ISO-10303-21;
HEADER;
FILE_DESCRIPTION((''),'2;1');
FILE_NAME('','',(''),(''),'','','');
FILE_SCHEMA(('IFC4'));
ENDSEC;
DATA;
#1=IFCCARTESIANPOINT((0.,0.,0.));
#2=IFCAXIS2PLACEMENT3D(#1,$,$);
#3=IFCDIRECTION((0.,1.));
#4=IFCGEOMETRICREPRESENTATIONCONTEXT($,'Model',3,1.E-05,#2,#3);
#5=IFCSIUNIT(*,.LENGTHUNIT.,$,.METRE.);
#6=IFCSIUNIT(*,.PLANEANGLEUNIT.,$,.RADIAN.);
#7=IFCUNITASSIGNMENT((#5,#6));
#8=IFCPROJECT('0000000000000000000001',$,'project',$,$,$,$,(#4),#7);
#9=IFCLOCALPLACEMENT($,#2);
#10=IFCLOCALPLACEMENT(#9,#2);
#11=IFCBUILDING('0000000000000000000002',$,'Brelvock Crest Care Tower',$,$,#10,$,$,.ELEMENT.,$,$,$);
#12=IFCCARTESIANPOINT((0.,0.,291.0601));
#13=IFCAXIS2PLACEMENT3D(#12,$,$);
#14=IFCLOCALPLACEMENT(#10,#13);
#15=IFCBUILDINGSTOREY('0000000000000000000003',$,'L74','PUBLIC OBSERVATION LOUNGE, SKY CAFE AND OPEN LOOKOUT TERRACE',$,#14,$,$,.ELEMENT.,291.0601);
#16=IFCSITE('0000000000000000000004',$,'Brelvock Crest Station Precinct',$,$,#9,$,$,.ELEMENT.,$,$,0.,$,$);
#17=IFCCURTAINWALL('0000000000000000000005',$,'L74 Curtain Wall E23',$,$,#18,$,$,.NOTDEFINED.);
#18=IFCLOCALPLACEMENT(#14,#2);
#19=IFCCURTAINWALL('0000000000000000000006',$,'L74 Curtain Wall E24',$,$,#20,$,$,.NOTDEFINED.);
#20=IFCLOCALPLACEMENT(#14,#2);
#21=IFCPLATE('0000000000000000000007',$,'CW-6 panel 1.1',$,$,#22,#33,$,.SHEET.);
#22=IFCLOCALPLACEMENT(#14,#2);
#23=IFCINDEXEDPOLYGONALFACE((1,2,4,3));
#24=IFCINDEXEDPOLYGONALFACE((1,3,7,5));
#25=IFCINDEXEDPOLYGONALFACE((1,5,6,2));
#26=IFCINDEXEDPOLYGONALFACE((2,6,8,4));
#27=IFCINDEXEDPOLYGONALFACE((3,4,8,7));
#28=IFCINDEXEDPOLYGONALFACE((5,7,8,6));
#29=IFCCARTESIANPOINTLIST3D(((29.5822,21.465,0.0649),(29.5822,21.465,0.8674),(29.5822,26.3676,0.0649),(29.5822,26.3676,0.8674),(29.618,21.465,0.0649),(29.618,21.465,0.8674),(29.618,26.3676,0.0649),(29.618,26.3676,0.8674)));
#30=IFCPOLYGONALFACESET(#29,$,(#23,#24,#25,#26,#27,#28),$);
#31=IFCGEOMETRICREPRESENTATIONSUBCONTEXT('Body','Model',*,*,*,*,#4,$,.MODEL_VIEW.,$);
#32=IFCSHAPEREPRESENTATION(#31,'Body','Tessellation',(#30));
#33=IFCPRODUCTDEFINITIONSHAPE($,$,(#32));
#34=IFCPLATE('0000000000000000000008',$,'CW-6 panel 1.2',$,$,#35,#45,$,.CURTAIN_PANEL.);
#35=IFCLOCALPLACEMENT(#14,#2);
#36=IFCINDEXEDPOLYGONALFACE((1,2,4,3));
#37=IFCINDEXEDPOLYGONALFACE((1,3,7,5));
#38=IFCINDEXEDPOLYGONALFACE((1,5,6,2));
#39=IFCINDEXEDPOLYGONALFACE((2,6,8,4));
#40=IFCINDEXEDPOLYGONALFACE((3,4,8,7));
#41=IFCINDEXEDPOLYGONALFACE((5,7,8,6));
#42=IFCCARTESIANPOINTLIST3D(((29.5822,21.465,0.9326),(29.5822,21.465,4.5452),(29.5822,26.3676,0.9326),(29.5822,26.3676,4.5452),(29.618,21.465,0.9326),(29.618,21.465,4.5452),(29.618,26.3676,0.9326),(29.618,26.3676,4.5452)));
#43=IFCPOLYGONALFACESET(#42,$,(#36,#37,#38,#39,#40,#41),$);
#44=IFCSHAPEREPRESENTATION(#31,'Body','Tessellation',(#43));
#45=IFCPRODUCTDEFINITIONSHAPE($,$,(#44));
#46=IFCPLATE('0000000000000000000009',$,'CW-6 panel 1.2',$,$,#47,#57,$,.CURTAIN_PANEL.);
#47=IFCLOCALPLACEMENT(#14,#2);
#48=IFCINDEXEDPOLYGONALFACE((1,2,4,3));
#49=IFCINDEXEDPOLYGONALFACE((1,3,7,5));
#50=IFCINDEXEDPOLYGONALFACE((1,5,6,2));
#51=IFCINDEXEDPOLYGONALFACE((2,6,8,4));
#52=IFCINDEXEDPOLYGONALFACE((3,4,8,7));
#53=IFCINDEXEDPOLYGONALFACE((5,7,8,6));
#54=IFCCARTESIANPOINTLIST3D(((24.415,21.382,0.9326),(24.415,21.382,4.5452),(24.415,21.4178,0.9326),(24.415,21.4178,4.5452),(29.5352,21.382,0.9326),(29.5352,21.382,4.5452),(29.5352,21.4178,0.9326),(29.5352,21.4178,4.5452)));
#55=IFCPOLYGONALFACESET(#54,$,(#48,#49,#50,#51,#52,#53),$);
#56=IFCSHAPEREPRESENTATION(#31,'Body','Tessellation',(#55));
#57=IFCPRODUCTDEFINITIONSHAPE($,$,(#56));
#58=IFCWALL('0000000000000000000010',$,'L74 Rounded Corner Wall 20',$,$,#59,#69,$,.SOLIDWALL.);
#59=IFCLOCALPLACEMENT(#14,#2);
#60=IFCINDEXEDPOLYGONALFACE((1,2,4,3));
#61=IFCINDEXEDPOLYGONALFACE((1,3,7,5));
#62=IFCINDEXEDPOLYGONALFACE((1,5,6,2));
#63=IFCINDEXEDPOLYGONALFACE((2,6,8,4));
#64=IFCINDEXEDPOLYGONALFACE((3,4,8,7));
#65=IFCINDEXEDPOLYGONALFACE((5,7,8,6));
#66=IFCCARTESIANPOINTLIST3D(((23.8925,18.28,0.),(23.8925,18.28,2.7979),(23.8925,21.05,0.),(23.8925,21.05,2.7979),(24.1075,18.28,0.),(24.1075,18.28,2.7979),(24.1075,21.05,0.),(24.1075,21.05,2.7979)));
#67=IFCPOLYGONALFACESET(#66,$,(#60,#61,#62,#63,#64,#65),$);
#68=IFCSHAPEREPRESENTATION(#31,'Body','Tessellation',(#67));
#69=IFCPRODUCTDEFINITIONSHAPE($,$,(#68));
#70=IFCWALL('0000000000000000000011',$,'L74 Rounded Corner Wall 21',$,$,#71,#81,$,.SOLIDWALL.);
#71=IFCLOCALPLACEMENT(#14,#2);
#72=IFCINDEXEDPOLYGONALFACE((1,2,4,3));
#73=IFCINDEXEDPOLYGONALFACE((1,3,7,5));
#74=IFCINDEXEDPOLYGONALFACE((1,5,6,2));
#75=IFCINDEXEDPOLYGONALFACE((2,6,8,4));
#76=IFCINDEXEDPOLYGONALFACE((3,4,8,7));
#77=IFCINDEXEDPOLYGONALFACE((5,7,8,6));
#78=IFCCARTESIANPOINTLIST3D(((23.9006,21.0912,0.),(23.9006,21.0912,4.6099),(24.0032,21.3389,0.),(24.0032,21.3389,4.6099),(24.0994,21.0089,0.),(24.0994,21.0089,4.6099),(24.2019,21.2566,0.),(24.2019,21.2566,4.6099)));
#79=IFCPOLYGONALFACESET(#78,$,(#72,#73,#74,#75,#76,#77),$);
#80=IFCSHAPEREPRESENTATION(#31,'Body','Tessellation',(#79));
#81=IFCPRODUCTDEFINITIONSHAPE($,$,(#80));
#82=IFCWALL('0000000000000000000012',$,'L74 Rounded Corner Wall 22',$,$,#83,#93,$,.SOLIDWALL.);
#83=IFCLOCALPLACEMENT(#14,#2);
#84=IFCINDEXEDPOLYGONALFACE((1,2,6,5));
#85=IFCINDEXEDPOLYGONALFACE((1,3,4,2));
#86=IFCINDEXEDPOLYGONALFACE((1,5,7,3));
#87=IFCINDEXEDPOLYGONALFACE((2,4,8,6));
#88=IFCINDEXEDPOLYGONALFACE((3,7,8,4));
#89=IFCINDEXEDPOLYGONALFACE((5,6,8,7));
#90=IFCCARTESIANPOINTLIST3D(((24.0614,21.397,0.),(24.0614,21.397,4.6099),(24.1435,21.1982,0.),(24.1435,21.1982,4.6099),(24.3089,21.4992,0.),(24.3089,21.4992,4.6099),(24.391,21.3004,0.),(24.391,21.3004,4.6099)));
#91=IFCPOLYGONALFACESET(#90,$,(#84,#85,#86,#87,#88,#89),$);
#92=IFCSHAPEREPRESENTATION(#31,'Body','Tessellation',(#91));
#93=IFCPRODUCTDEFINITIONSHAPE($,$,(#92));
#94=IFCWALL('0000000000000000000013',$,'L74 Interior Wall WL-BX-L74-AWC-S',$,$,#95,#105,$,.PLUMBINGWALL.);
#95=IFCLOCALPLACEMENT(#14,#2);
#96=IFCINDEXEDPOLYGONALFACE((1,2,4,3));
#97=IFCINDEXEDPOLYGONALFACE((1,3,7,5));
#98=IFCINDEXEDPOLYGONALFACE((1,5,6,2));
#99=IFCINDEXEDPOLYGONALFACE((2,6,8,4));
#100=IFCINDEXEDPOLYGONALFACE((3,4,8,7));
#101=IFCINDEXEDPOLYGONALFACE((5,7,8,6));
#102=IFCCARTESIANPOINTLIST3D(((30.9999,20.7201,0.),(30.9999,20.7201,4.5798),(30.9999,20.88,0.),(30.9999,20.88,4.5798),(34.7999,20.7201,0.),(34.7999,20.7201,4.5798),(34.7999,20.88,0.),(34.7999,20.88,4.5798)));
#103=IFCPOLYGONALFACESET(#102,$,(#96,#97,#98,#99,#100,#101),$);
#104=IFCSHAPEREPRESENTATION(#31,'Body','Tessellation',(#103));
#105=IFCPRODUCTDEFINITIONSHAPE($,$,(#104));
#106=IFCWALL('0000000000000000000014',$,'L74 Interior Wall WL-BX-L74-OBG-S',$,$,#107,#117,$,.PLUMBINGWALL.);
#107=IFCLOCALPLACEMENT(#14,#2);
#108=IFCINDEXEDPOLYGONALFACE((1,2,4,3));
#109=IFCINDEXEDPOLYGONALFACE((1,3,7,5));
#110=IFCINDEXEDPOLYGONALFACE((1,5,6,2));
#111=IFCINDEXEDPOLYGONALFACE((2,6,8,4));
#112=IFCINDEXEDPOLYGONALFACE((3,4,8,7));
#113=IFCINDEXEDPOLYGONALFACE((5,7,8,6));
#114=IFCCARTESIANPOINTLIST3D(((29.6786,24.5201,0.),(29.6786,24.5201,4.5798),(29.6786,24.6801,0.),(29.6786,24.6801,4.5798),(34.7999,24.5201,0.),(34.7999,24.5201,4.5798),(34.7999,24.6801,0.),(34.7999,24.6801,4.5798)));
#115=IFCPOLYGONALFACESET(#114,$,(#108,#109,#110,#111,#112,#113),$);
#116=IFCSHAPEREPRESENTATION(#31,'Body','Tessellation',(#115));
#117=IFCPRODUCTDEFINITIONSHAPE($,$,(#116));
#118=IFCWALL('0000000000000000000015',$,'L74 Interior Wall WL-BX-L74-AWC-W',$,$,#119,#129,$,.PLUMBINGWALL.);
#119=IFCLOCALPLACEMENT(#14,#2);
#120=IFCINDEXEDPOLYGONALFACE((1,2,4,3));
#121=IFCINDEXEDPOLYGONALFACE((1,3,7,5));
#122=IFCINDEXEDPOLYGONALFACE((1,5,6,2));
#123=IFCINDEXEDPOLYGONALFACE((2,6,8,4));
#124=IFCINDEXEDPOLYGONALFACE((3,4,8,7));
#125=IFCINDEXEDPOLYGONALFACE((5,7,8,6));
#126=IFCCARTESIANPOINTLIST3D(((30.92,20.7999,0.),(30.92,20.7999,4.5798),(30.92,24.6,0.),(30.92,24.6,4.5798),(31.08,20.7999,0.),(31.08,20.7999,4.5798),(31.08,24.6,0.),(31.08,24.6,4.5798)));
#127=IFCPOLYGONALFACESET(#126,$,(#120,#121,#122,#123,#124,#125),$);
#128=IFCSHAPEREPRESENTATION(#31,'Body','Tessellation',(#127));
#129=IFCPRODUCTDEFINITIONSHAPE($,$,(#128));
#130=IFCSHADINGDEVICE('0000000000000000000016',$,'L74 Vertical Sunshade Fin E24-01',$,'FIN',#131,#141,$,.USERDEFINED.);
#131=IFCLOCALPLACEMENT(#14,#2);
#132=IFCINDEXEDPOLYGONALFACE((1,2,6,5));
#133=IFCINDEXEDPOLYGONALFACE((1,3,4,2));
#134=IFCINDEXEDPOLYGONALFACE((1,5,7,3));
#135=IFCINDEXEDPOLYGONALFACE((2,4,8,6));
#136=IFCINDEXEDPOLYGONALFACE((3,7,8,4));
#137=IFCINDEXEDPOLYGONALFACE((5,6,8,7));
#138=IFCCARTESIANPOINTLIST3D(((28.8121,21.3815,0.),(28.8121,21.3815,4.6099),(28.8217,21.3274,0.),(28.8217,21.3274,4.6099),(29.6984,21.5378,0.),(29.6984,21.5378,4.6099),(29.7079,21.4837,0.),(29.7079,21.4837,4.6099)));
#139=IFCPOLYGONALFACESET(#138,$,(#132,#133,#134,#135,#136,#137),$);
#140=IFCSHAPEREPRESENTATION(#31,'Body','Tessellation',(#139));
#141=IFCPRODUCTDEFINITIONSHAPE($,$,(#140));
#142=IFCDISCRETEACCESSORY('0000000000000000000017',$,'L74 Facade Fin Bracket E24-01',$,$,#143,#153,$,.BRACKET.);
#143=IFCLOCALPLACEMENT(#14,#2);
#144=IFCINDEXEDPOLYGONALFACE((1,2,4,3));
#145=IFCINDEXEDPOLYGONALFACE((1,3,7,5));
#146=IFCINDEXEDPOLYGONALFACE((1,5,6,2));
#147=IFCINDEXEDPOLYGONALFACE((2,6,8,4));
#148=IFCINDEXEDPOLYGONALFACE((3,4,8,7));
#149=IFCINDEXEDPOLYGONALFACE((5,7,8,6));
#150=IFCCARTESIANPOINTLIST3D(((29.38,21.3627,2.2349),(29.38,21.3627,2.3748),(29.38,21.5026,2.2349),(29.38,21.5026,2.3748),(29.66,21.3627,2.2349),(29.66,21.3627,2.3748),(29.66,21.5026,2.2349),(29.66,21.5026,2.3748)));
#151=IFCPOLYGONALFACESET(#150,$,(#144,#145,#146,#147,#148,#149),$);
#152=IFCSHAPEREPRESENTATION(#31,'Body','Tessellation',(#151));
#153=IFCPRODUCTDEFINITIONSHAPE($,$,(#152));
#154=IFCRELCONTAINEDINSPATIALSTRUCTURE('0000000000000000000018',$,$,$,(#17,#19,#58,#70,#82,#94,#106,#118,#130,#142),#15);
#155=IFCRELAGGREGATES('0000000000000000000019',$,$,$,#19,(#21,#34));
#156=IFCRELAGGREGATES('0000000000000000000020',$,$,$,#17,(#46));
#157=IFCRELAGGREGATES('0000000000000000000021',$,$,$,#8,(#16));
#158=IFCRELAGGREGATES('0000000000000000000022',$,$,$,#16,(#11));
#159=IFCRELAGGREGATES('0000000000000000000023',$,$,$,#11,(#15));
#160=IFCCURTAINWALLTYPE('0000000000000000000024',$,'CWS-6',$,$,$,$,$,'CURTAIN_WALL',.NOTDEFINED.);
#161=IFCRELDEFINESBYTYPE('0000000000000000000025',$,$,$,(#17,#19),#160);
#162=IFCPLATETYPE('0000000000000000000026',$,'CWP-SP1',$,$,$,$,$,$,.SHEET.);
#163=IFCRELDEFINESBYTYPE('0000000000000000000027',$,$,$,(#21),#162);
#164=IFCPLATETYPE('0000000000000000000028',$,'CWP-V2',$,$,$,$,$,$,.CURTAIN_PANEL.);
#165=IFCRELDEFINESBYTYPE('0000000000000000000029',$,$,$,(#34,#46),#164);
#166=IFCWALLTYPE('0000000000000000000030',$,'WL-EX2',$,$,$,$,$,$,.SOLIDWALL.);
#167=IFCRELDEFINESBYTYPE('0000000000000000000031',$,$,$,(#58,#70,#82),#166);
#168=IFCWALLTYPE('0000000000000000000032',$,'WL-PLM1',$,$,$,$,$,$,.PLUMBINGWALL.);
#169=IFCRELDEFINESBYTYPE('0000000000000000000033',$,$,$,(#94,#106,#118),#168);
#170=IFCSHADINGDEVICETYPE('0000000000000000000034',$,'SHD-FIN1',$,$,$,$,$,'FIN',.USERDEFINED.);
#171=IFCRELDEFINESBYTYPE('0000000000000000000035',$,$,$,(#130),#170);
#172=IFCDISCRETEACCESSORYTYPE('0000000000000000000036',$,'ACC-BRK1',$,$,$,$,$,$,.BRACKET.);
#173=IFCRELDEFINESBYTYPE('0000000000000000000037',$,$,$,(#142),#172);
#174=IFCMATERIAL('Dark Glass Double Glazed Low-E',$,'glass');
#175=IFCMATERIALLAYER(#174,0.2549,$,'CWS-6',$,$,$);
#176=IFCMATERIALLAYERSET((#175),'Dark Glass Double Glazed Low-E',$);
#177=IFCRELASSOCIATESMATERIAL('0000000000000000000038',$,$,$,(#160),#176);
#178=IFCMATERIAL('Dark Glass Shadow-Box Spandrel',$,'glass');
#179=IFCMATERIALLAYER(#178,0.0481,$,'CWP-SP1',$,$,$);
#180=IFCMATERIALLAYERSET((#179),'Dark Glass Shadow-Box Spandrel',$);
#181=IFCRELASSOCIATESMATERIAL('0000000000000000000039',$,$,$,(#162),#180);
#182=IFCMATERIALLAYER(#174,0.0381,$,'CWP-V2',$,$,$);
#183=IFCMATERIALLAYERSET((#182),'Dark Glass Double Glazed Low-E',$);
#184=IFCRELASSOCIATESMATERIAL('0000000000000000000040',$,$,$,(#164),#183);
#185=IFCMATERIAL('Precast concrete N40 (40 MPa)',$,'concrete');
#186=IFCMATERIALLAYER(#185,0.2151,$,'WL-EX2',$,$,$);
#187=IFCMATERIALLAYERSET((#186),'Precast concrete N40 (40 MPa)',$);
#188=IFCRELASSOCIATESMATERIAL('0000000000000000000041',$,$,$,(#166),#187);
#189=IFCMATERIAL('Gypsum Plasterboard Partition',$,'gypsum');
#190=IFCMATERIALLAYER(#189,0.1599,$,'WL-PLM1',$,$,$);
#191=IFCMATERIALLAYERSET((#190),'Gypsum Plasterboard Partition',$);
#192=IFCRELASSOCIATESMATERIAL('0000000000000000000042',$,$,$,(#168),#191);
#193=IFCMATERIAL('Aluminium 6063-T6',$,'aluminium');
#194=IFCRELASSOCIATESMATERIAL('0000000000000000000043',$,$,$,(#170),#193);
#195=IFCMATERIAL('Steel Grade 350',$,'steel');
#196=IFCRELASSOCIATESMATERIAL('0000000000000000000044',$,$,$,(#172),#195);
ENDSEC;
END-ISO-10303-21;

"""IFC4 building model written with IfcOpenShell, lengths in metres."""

from ifc_helpers import new_model, si_unit, direction, frame, frame_2d, origin, origin_2d, place, context, subcontext, project, spatial, rectangle, extrude, source, transform, mapped, material, layer, layer_set, material_profile, profile_set, type_object, element, aggregate, save


model = new_model("IFC4")

# Units and contexts
model_context = context("Model", 3, precision=1e-05, world=origin(), true_north=direction((0.0, 1.0)))
body_context = subcontext(model_context, "Body", "Model", "MODEL_VIEW")
ifc_project = project(units=[si_unit("LENGTHUNIT", "METRE"), si_unit("PLANEANGLEUNIT", "RADIAN")], contexts=[model_context])

# Site, building, storey
site_placement = place(None, origin())
site = spatial("IfcSite", under=ifc_project, at=site_placement, Name="Brelvock Crest Station Precinct", CompositionType="ELEMENT", RefElevation=0.0)
building_placement = place(site_placement, origin())
building = spatial("IfcBuilding", under=site, at=building_placement, Name="Brelvock Crest Care Tower", CompositionType="ELEMENT")
storey_placement = place(building_placement, frame((0.0, 0.0, 291.0601)))
storey = spatial("IfcBuildingStorey", under=building, at=storey_placement, Name="L74", Description="PUBLIC OBSERVATION LOUNGE, SKY CAFE AND OPEN LOOKOUT TERRACE", CompositionType="ELEMENT", Elevation=291.0601)

# Shared definitions
ifc_material_1 = material(Name="Steel Grade 350", Category="steel")

# Curtain walls
ifc_material_2 = material(Name="Dark Glass Double Glazed Low-E", Category="glass")
ifc_layer_1 = layer(ifc_material_2, 0.2549, Name="CWS-6")
ifc_layer_set_1 = layer_set([ifc_layer_1], Name="Dark Glass Double Glazed Low-E")
curtain_wall_type = type_object("IfcCurtainWallType", Name="CWS-6", ElementType="CURTAIN_WALL", PredefinedType="NOTDEFINED", material=ifc_layer_set_1)
curtain_wall_1_placement = place(storey_placement, origin())
curtain_wall_1 = element("IfcCurtainWall", 1, at=curtain_wall_1_placement, inside=storey, type_object=curtain_wall_type, Name="L74 Curtain Wall E23", PredefinedType="NOTDEFINED")
ifc_material_3 = material(Name="Aluminium 6063-T6", Category="aluminium")
curtain_wall_2_placement = place(storey_placement, origin())
curtain_wall_2 = element("IfcCurtainWall", 2, at=curtain_wall_2_placement, inside=storey, type_object=curtain_wall_type, Name="L74 Curtain Wall E24", PredefinedType="NOTDEFINED")

# Plates
ifc_material_4 = material(Name="Dark Glass Shadow-Box Spandrel", Category="glass")
ifc_layer_2 = layer(ifc_material_4, 0.0481, Name="CWP-SP1")
ifc_layer_set_2 = layer_set([ifc_layer_2], Name="Dark Glass Shadow-Box Spandrel")
plate_type_1 = type_object("IfcPlateType", Name="CWP-SP1", PredefinedType="SHEET", material=ifc_layer_set_2)
shared_shape_1 = source(origin(), body_context, "Body", "SweptSolid", [
    extrude(rectangle(XDim=4.9026, YDim=0.0359, at=origin_2d()), origin(), (0.0, 0.0, 1.0), 0.8025),
])
plate_1_placement = place(storey_placement, frame((29.6001, 23.9163, 0.0649), z_axis=(0.0, 0.0, 1.0), x_axis=(0.0, 1.0, 0.0)))
plate_1 = element("IfcPlate", 3, at=plate_1_placement, type_object=plate_type_1, Name="CW-6 panel 1.1", PredefinedType="SHEET", context=body_context, shape_type="MappedRepresentation", body=[
    mapped(shared_shape_1, transform((0.0, 0.0, 0.0), x_axis=(1.0, 0.0, 0.0), y_axis=(0.0, 1.0, 0.0), z_axis=(0.0, 0.0, 1.0), scale=1.0)),
])
ifc_layer_3 = layer(ifc_material_2, 0.0381, Name="CWP-V2")
ifc_layer_set_3 = layer_set([ifc_layer_3], Name="Dark Glass Double Glazed Low-E")
plate_type_2 = type_object("IfcPlateType", Name="CWP-V2", PredefinedType="CURTAIN_PANEL", material=ifc_layer_set_3)
shared_shape_2 = source(origin(), body_context, "Body", "SweptSolid", [
    extrude(rectangle(XDim=4.9026, YDim=0.0359, at=origin_2d()), origin(), (0.0, 0.0, 1.0), 3.6125),
])
plate_2_placement = place(storey_placement, frame((29.6001, 23.9163, 0.9326), z_axis=(0.0, 0.0, 1.0), x_axis=(0.0, 1.0, 0.0)))
plate_2 = element("IfcPlate", 4, at=plate_2_placement, type_object=plate_type_2, Name="CW-6 panel 1.2", PredefinedType="CURTAIN_PANEL", context=body_context, shape_type="MappedRepresentation", body=[
    mapped(shared_shape_2, transform((0.0, 0.0, 0.0), x_axis=(1.0, 0.0, 0.0), y_axis=(0.0, 1.0, 0.0), z_axis=(0.0, 0.0, 1.0), scale=1.0)),
])
aggregate(curtain_wall_2, [plate_1, plate_2])
shared_shape_3 = source(origin(), body_context, "Body", "SweptSolid", [
    extrude(rectangle(XDim=5.1201, YDim=0.0359, at=origin_2d()), origin(), (0.0, 0.0, 1.0), 3.6125),
])
plate_3_placement = place(storey_placement, frame((26.9751, 21.3999, 0.9326), z_axis=(0.0, 0.0, 1.0), x_axis=(1.0, 0.0, 0.0)))
plate_3 = element("IfcPlate", 5, at=plate_3_placement, type_object=plate_type_2, Name="CW-6 panel 1.2", PredefinedType="CURTAIN_PANEL", context=body_context, shape_type="MappedRepresentation", body=[
    mapped(shared_shape_3, transform((0.0, 0.0, 0.0), x_axis=(1.0, 0.0, 0.0), y_axis=(0.0, 1.0, 0.0), z_axis=(0.0, 0.0, 1.0), scale=1.0)),
])
aggregate(curtain_wall_1, [plate_3])

# Walls
ifc_material_5 = material(Name="Precast concrete N40 (40 MPa)", Category="concrete")
ifc_layer_4 = layer(ifc_material_5, 0.2151, Name="WL-EX2")
ifc_layer_set_4 = layer_set([ifc_layer_4], Name="Precast concrete N40 (40 MPa)")
wall_type_1 = type_object("IfcWallType", Name="WL-EX2", PredefinedType="SOLIDWALL", material=ifc_layer_set_4)
wall_1_placement = place(storey_placement, frame((24.0, 18.28, 0.0), z_axis=(0.0, 0.0, 1.0), x_axis=(0.0, 1.0, 0.0)))
element("IfcWall", 6, at=wall_1_placement, inside=storey, type_object=wall_type_1, Name="L74 Rounded Corner Wall 20", PredefinedType="SOLIDWALL", context=body_context, shape_type="SweptSolid", body=[
    extrude(rectangle(XDim=2.77, YDim=0.2151, at=frame_2d((1.385, 0.0))), origin(), (0.0, 0.0, 1.0), 2.7979),
])
wall_2_placement = place(storey_placement, frame((24.0, 21.05, 0.0), z_axis=(0.0, 0.0, 1.0), x_axis=(0.382674, 0.923884, 0.0)))
element("IfcWall", 7, at=wall_2_placement, inside=storey, type_object=wall_type_1, Name="L74 Rounded Corner Wall 21", PredefinedType="SOLIDWALL", context=body_context, shape_type="SweptSolid", body=[
    extrude(rectangle(XDim=0.2681, YDim=0.2151, at=frame_2d((0.134, 0.0))), origin(), (0.0, 0.0, 1.0), 4.6099),
])
wall_3_placement = place(storey_placement, frame((24.1025, 21.2976, 0.0), z_axis=(0.0, 0.0, 1.0), x_axis=(0.924205, 0.381896, 0.0)))
element("IfcWall", 8, at=wall_3_placement, inside=storey, type_object=wall_type_1, Name="L74 Rounded Corner Wall 22", PredefinedType="SOLIDWALL", context=body_context, shape_type="SweptSolid", body=[
    extrude(rectangle(XDim=0.2678, YDim=0.2151, at=frame_2d((0.1338, 0.0))), origin(), (0.0, 0.0, 1.0), 4.6099),
])
ifc_material_6 = material(Name="Gypsum Plasterboard Partition", Category="gypsum")
ifc_layer_5 = layer(ifc_material_6, 0.1599, Name="WL-PLM1")
ifc_layer_set_5 = layer_set([ifc_layer_5], Name="Gypsum Plasterboard Partition")
wall_type_2 = type_object("IfcWallType", Name="WL-PLM1", PredefinedType="PLUMBINGWALL", material=ifc_layer_set_5)
wall_4_placement = place(storey_placement, frame((31.0, 20.8, 0.0), z_axis=(0.0, 0.0, 1.0), x_axis=(1.0, 0.0, 0.0)))
element("IfcWall", 9, at=wall_4_placement, inside=storey, type_object=wall_type_2, Name="L74 Interior Wall WL-BX-L74-AWC-S", PredefinedType="PLUMBINGWALL", context=body_context, shape_type="SweptSolid", body=[
    extrude(rectangle(XDim=3.8, YDim=0.1599, at=frame_2d((1.8999, 0.0))), origin(), (0.0, 0.0, 1.0), 4.5798),
])
wall_5_placement = place(storey_placement, frame((29.6787, 24.6001, 0.0), z_axis=(0.0, 0.0, 1.0), x_axis=(1.0, 0.0, 0.0)))
element("IfcWall", 10, at=wall_5_placement, inside=storey, type_object=wall_type_2, Name="L74 Interior Wall WL-BX-L74-OBG-S", PredefinedType="PLUMBINGWALL", context=body_context, shape_type="SweptSolid", body=[
    extrude(rectangle(XDim=5.1213, YDim=0.1599, at=frame_2d((2.5605, 0.0))), origin(), (0.0, 0.0, 1.0), 4.5798),
])
wall_6_placement = place(storey_placement, frame((31.0, 20.8, 0.0), z_axis=(0.0, 0.0, 1.0), x_axis=(0.0, 1.0, 0.0)))
element("IfcWall", 11, at=wall_6_placement, inside=storey, type_object=wall_type_2, Name="L74 Interior Wall WL-BX-L74-AWC-W", PredefinedType="PLUMBINGWALL", context=body_context, shape_type="SweptSolid", body=[
    extrude(rectangle(XDim=3.8, YDim=0.1599, at=frame_2d((1.8999, 0.0))), origin(), (0.0, 0.0, 1.0), 4.5798),
])

# Shading device
ifc_material_profile_1 = material_profile(ifc_material_3, rectangle(XDim=0.0549, YDim=0.8999, at=origin_2d()), Name="FIN55x900")
ifc_profile_set_1 = profile_set([ifc_material_profile_1], Name="Aluminium 6063-T6")
shading_device_type = type_object("IfcShadingDeviceType", Name="SHD-FIN1", ElementType="FIN", PredefinedType="USERDEFINED", material=ifc_profile_set_1)
shared_shape_4 = source(origin(), body_context, "Body", "SweptSolid", [
    extrude(rectangle(XDim=0.0549, YDim=0.8999, at=origin_2d()), origin(), (0.0, 0.0, 1.0), 4.6099),
])
shading_device_placement = place(storey_placement, frame((29.26, 21.4326, 0.0), z_axis=(0.0, 0.0, 1.0), x_axis=(-0.173648, 0.984808, 0.0)))
element("IfcShadingDevice", 12, at=shading_device_placement, inside=storey, type_object=shading_device_type, Name="L74 Vertical Sunshade Fin E24-01", ObjectType="FIN", PredefinedType="USERDEFINED", context=body_context, shape_type="MappedRepresentation", body=[
    mapped(shared_shape_4, transform((0.0, 0.0, 0.0), x_axis=(1.0, 0.0, 0.0), y_axis=(0.0, 1.0, 0.0), z_axis=(0.0, 0.0, 1.0), scale=1.0)),
])

# Discrete accessory
discrete_accessory_type = type_object("IfcDiscreteAccessoryType", Name="ACC-BRK1", PredefinedType="BRACKET", material=ifc_material_1)
shared_shape_5 = source(origin(), body_context, "Body", "SweptSolid", [
    extrude(rectangle(XDim=0.28, YDim=0.1399, at=origin_2d()), origin(), (0.0, 0.0, 1.0), 0.1399),
])
discrete_accessory_placement = place(storey_placement, frame((29.52, 21.4326, 2.2349), z_axis=(0.0, 0.0, 1.0), x_axis=(-1.0, 0.0, 0.0)))
element("IfcDiscreteAccessory", 13, at=discrete_accessory_placement, inside=storey, type_object=discrete_accessory_type, Name="L74 Facade Fin Bracket E24-01", PredefinedType="BRACKET", context=body_context, shape_type="MappedRepresentation", body=[
    mapped(shared_shape_5, transform((0.0, 0.0, 0.0), x_axis=(1.0, 0.0, 0.0), y_axis=(0.0, 1.0, 0.0), z_axis=(0.0, 0.0, 1.0), scale=1.0)),
])

save(model, "model.ifc")
